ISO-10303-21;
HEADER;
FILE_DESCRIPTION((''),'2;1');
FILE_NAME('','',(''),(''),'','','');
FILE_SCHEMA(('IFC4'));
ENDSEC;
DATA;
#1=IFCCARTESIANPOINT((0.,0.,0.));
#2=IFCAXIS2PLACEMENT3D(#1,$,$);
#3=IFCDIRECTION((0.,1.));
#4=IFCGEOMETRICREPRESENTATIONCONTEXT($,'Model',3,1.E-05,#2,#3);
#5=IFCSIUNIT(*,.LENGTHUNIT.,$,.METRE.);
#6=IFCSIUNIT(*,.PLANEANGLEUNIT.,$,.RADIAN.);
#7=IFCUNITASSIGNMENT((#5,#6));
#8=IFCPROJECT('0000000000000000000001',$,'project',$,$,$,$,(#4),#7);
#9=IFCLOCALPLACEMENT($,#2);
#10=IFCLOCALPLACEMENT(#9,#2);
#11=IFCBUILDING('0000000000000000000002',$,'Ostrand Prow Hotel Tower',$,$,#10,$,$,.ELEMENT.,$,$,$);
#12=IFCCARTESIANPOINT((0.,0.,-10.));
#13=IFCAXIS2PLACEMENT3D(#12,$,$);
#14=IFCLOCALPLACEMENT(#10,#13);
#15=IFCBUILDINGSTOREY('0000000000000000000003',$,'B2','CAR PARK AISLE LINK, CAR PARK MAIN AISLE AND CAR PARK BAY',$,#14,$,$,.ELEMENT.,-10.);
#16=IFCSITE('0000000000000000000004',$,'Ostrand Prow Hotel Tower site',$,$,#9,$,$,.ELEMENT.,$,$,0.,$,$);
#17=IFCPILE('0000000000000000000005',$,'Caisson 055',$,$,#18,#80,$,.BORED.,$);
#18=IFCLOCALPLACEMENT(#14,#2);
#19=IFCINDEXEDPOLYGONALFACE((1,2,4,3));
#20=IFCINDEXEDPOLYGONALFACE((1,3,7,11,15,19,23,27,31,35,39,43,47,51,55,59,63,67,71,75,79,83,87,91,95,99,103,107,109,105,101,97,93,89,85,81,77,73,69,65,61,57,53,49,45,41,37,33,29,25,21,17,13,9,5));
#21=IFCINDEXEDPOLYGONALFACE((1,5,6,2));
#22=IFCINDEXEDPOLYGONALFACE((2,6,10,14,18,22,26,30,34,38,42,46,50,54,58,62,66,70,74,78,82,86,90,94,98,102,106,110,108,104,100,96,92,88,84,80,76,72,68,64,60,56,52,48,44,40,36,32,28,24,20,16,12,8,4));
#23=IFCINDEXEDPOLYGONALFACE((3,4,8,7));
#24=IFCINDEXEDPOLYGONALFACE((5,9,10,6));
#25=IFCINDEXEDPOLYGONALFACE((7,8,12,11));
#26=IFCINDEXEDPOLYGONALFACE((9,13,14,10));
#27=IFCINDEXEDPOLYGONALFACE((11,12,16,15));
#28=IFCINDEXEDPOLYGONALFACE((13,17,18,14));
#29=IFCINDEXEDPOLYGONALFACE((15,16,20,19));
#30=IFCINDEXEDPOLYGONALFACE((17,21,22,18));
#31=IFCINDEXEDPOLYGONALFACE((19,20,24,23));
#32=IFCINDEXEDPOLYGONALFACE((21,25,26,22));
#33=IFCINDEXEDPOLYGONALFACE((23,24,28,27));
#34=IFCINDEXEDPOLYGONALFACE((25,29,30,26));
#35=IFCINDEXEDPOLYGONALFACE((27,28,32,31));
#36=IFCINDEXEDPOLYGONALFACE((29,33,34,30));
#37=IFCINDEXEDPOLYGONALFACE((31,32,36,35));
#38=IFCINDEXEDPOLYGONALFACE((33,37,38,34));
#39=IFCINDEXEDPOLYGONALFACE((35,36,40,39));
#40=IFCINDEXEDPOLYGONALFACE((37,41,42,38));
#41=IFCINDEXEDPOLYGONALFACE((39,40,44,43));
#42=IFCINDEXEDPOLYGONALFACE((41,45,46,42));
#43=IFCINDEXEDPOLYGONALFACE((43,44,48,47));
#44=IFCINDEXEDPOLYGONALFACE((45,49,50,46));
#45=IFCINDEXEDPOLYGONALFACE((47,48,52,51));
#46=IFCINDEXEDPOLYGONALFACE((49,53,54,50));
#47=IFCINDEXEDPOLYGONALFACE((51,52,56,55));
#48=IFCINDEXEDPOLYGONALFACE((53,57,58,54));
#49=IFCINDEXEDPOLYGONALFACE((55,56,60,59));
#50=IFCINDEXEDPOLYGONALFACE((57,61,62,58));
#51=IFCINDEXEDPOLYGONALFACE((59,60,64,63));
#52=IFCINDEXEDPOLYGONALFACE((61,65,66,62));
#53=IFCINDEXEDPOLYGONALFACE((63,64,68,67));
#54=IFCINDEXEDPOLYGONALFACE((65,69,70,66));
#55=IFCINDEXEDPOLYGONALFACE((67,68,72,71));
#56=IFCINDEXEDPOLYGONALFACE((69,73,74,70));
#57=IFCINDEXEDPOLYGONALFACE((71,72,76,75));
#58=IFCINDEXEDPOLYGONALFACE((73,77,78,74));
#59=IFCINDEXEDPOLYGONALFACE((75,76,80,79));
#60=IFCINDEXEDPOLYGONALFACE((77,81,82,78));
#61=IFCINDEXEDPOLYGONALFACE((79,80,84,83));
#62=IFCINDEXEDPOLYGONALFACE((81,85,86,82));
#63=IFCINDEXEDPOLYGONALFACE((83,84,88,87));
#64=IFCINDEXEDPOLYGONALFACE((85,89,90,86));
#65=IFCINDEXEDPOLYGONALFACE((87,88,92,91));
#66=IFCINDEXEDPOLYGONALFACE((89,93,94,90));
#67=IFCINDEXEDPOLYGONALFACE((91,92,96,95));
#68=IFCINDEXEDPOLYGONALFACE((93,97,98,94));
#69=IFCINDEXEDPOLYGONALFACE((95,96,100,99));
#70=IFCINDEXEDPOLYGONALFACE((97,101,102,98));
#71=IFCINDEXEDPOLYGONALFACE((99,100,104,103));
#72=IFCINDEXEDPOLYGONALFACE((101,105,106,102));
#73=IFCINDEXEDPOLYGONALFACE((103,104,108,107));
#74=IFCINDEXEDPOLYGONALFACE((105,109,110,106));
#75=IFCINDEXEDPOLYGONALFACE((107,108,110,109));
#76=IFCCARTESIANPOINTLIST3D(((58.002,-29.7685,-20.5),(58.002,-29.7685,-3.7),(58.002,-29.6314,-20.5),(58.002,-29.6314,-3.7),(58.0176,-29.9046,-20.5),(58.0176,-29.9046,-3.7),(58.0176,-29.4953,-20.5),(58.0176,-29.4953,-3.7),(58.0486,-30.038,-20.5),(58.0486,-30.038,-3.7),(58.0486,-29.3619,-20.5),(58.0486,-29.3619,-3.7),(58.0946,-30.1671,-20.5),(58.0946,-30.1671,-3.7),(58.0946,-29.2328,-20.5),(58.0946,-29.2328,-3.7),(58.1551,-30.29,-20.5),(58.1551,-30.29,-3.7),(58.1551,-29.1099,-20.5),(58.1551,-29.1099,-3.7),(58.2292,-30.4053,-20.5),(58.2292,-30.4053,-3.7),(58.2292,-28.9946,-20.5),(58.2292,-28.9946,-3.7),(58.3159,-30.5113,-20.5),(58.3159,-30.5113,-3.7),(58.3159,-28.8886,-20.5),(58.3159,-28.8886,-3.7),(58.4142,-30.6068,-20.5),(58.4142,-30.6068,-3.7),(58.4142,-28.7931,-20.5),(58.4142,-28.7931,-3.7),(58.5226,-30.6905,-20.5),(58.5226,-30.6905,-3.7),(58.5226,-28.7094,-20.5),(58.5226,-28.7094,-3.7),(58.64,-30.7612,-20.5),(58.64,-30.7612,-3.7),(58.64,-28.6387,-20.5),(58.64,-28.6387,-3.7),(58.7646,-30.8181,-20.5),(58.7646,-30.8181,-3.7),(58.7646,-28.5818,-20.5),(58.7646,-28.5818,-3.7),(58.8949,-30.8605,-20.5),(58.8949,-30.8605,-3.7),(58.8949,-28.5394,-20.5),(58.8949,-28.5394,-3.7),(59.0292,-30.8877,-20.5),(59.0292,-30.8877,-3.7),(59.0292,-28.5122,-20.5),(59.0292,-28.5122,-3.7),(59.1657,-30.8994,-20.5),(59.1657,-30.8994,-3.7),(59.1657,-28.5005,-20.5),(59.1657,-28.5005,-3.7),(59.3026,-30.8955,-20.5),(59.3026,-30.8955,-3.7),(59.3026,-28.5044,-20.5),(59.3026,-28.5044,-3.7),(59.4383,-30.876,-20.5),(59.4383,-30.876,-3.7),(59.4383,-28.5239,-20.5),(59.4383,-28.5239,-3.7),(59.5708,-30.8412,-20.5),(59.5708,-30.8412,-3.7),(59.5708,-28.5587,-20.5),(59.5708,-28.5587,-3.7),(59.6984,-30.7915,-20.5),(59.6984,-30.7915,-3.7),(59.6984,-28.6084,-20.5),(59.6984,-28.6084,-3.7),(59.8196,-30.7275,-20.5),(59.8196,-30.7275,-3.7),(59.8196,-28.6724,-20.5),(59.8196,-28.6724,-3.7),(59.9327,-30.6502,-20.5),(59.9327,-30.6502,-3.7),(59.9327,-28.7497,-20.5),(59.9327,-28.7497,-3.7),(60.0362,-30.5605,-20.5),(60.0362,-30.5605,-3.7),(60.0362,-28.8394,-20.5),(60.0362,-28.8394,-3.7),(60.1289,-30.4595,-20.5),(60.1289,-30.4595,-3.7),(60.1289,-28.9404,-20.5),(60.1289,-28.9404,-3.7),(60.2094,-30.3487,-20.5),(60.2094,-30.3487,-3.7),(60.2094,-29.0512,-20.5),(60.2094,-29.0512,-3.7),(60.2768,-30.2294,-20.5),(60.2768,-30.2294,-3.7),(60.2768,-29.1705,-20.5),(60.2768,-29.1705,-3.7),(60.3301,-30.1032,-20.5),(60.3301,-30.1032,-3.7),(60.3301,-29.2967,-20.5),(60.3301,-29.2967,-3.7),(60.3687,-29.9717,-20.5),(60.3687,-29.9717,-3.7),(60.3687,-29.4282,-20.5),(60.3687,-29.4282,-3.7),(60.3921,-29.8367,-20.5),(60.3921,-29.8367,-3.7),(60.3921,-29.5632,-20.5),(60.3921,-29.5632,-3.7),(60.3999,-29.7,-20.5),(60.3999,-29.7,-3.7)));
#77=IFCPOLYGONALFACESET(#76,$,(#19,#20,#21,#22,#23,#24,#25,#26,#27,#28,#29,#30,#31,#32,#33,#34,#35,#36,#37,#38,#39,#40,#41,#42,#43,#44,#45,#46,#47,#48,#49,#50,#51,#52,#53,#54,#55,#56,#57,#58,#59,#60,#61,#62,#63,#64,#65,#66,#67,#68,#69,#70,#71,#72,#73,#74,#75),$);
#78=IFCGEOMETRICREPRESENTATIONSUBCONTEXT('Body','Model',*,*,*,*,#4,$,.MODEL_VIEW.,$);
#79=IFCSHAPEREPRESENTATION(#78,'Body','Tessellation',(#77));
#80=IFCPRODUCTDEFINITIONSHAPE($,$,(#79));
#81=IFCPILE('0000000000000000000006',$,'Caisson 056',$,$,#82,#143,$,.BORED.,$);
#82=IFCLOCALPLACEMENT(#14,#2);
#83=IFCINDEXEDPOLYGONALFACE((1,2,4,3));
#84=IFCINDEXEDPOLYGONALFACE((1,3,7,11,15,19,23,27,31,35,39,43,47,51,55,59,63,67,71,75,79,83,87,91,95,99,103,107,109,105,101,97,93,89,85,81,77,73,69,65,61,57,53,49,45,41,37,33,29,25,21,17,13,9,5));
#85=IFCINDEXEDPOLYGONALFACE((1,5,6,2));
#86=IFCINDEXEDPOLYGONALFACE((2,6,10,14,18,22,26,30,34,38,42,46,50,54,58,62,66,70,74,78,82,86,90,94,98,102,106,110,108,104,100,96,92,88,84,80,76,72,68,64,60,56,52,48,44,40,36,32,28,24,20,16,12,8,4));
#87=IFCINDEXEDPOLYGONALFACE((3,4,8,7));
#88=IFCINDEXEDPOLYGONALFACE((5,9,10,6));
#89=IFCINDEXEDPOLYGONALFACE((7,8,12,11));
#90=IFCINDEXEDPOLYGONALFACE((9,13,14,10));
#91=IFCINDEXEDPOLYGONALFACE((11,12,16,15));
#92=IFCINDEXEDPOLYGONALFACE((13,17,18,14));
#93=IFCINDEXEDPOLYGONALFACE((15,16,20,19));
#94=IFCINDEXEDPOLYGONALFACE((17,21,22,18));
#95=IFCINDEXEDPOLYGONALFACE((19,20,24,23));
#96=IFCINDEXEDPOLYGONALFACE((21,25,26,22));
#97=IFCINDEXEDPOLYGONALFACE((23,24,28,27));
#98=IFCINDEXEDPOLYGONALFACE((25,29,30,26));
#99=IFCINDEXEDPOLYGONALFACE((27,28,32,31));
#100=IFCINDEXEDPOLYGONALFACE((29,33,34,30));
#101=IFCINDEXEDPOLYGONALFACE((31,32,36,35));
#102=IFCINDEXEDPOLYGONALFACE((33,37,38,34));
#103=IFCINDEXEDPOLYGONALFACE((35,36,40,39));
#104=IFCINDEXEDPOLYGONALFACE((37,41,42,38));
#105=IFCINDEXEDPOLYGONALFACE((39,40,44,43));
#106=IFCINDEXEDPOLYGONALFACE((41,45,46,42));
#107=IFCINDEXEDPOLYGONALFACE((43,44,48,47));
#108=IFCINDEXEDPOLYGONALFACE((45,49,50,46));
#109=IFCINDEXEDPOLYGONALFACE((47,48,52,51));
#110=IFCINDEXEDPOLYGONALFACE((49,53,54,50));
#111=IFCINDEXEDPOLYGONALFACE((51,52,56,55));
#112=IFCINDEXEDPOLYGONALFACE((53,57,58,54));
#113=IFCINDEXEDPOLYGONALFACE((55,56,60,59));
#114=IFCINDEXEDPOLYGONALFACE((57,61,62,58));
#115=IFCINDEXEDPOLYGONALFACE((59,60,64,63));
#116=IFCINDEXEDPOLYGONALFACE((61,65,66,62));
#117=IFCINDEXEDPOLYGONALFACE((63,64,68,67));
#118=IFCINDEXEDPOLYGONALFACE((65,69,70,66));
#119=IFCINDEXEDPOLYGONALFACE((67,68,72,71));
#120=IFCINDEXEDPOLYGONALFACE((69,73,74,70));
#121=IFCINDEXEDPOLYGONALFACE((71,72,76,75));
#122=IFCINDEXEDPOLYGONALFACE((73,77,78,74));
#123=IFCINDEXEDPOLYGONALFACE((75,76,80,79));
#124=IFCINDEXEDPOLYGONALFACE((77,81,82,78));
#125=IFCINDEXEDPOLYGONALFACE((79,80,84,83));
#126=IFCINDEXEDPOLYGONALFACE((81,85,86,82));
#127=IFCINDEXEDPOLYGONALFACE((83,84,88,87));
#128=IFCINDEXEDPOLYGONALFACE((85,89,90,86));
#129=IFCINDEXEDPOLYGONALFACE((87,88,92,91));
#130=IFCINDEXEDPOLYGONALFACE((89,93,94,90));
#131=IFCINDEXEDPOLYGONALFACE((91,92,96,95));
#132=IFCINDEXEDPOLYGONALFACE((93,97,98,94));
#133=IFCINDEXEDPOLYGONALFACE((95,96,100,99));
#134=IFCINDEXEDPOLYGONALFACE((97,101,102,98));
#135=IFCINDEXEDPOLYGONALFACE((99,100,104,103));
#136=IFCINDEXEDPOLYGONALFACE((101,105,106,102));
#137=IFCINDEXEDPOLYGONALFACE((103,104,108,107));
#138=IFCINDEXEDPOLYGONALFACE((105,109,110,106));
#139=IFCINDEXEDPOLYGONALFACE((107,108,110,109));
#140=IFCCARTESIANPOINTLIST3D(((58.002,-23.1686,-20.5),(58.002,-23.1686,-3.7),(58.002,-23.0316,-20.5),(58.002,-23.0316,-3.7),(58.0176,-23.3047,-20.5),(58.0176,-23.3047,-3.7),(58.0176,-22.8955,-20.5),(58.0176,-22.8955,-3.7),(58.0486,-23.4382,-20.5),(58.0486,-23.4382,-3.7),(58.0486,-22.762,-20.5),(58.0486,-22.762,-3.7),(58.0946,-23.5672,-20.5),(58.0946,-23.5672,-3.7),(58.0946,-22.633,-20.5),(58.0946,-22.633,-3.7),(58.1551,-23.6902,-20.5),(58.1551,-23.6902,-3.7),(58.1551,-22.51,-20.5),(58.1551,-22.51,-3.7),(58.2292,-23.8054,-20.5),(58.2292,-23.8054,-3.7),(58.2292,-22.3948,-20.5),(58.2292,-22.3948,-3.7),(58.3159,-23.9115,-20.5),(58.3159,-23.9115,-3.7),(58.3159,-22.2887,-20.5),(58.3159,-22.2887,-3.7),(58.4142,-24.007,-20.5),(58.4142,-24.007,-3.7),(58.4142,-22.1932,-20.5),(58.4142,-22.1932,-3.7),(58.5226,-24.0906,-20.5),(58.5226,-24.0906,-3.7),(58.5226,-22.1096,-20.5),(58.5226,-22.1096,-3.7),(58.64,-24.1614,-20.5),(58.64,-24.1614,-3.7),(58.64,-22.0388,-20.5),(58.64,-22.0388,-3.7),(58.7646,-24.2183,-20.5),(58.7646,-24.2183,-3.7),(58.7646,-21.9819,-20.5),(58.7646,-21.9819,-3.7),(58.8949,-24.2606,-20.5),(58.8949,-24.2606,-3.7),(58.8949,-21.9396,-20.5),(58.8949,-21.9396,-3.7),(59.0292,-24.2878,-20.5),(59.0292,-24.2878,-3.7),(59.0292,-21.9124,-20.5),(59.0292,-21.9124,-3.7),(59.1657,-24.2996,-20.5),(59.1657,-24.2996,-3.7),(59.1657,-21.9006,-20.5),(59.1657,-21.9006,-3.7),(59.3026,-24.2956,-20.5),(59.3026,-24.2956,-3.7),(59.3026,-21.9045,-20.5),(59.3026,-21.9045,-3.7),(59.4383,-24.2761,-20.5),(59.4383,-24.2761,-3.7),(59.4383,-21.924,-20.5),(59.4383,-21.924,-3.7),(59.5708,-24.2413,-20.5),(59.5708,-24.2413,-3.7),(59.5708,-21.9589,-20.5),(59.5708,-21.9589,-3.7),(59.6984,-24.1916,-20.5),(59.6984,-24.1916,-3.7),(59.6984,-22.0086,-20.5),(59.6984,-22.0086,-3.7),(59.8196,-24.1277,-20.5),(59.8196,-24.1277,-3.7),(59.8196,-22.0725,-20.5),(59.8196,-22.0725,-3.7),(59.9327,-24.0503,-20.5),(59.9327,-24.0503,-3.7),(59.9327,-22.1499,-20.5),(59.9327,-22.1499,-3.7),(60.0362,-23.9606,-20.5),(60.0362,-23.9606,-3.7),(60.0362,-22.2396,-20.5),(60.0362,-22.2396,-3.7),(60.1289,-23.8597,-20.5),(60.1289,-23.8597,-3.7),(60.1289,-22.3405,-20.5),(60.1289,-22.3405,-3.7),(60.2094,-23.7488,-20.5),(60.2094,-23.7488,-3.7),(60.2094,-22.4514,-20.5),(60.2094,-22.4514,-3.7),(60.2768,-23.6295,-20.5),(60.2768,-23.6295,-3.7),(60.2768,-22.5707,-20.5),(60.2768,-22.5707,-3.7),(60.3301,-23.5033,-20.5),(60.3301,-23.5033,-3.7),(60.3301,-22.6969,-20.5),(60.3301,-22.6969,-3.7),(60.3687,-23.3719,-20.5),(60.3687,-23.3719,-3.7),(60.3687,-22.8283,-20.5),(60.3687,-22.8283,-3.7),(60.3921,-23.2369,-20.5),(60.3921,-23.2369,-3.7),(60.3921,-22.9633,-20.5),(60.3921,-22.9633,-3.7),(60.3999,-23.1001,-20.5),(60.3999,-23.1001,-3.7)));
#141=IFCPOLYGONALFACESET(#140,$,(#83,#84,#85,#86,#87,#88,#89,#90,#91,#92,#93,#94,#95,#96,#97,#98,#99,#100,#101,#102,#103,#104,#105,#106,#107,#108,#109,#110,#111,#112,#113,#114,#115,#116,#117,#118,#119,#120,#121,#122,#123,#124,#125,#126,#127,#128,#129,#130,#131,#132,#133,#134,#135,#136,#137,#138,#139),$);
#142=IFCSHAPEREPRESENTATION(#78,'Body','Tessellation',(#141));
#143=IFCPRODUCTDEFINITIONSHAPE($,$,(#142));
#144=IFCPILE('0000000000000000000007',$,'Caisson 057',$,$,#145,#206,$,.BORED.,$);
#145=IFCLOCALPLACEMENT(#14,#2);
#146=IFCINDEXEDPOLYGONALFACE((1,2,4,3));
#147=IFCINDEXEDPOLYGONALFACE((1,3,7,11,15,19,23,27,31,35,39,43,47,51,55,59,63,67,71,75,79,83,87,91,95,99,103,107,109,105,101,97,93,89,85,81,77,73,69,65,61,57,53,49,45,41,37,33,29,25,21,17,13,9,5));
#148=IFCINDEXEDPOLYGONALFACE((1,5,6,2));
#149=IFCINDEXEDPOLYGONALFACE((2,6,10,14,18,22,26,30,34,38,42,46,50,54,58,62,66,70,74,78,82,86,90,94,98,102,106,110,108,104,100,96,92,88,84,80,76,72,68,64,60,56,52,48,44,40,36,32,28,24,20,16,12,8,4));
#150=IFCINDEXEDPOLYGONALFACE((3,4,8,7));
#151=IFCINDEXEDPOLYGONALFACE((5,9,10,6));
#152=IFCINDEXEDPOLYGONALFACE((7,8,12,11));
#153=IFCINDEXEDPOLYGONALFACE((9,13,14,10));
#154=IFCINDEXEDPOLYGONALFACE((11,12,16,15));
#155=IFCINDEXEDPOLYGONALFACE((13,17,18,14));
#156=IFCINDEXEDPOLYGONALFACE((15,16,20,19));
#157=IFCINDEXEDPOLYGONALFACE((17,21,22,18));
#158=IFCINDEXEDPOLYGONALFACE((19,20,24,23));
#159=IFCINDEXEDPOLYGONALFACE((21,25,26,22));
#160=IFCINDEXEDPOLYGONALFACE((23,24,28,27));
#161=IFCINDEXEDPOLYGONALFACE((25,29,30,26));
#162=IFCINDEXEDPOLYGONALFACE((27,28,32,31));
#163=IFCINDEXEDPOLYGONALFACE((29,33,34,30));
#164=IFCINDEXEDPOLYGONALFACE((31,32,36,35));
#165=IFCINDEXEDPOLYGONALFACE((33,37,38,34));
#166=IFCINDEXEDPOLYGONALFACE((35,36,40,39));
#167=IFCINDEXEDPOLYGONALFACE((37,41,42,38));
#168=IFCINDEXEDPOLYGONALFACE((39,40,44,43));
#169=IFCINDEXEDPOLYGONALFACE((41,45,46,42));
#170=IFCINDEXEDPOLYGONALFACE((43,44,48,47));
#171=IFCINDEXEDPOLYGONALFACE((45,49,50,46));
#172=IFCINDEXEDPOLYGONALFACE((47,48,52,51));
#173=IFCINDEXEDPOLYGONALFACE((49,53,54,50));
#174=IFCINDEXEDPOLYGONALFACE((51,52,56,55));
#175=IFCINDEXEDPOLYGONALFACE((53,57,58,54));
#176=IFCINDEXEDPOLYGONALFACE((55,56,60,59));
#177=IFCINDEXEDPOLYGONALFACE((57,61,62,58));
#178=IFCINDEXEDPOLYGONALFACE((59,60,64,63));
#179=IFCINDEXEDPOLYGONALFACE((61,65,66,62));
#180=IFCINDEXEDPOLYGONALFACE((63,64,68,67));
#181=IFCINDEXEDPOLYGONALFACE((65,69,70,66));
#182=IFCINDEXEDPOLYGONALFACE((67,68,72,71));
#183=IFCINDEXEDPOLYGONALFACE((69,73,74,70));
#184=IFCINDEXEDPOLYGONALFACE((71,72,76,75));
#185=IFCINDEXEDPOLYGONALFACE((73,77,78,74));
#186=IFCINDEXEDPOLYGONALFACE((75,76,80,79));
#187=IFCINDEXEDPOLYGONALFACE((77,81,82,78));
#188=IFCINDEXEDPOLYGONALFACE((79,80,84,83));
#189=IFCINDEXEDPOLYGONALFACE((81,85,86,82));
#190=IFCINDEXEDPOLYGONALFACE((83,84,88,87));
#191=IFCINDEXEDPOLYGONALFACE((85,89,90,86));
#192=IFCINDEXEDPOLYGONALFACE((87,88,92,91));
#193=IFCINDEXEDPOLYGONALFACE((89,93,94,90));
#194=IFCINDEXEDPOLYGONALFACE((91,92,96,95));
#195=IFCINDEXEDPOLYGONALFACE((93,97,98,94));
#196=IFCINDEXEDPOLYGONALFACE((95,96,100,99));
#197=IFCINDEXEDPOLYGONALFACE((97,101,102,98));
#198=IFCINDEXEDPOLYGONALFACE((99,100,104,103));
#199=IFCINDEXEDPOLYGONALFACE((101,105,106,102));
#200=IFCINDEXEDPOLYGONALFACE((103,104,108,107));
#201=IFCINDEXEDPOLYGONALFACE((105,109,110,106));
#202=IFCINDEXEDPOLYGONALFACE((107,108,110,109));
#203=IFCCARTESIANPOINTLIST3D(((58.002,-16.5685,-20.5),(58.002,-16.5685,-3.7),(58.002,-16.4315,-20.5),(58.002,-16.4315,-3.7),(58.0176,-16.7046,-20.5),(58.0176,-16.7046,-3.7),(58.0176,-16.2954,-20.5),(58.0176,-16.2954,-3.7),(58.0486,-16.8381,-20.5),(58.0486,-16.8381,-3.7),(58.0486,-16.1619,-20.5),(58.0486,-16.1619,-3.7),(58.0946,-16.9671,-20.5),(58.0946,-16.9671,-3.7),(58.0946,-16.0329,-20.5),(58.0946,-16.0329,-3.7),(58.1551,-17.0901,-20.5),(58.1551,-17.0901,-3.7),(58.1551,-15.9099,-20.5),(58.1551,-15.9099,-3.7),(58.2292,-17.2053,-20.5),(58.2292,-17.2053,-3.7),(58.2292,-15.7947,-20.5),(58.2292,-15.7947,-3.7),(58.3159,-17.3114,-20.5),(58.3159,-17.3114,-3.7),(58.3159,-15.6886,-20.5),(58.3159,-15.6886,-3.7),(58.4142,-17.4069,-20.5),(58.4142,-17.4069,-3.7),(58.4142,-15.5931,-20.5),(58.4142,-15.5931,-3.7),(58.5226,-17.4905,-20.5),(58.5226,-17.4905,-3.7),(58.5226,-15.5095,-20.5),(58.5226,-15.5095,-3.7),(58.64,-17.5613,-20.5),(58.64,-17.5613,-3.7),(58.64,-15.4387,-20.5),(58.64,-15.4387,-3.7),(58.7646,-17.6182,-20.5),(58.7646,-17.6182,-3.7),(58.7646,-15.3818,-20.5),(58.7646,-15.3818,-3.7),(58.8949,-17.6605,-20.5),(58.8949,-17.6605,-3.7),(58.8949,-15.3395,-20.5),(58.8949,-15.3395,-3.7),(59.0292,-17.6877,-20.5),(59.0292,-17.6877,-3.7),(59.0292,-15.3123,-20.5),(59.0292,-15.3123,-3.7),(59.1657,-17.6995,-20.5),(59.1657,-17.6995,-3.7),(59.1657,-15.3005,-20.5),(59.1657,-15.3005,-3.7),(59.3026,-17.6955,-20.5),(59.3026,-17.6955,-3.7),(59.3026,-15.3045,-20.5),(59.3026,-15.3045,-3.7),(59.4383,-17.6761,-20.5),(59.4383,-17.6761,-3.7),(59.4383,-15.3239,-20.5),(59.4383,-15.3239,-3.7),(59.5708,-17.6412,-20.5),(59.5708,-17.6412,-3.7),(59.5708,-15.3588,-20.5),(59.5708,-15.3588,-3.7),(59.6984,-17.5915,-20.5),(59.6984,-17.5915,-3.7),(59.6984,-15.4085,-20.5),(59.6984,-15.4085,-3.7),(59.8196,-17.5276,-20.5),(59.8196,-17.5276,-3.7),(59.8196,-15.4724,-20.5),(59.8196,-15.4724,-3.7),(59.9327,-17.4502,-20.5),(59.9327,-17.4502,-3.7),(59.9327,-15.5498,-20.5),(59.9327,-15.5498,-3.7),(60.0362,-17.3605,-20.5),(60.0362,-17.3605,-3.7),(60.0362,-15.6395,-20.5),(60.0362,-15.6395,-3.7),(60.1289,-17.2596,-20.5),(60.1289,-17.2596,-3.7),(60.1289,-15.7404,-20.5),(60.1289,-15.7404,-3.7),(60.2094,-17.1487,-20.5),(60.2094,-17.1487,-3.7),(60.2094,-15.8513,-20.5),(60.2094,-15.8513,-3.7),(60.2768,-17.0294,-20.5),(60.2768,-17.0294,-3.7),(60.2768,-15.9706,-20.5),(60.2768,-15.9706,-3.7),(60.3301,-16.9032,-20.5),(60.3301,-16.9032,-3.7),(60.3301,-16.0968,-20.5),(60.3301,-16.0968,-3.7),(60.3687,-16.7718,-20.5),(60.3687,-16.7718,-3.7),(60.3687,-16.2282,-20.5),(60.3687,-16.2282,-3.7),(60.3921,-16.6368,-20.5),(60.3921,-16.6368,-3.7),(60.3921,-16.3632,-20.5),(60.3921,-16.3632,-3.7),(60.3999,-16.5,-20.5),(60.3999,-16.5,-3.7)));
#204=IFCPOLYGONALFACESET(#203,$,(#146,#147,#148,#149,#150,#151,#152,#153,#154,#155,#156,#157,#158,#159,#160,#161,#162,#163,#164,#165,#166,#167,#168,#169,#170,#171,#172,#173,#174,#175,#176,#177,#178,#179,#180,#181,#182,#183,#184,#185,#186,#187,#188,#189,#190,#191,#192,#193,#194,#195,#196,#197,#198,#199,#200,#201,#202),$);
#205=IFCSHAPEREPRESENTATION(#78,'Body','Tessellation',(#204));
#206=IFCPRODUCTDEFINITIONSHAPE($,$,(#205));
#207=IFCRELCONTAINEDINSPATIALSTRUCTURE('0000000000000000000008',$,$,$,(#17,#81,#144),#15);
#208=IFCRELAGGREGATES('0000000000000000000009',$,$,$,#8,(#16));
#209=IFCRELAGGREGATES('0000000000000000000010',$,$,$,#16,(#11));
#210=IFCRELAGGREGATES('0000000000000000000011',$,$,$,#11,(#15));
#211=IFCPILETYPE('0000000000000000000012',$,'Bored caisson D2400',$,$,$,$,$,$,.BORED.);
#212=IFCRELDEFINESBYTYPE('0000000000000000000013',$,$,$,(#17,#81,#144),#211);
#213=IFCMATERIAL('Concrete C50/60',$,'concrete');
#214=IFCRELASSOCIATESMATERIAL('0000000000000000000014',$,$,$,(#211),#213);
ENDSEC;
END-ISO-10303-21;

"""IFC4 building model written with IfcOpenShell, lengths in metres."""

from ifc_helpers import new_model, si_unit, direction, frame, origin, origin_2d, place, context, subcontext, project, spatial, circle, extrude, material, type_object, element, save


model = new_model("IFC4")

# Units and contexts
model_context = context("Model", 3, precision=1e-05, world=origin(), true_north=direction((0.0, 1.0)))
body_context = subcontext(model_context, "Body", "Model", "MODEL_VIEW")
ifc_project = project(units=[si_unit("LENGTHUNIT", "METRE"), si_unit("PLANEANGLEUNIT", "RADIAN")], contexts=[model_context])

# Site, building, storey
site_placement = place(None, origin())
site = spatial("IfcSite", under=ifc_project, at=site_placement, Name="Ostrand Prow Hotel Tower site", CompositionType="ELEMENT", RefElevation=0.0)
building_placement = place(site_placement, origin())
building = spatial("IfcBuilding", under=site, at=building_placement, Name="Ostrand Prow Hotel Tower", CompositionType="ELEMENT")
storey_placement = place(building_placement, frame((0.0, 0.0, -10.0)))
storey = spatial("IfcBuildingStorey", under=building, at=storey_placement, Name="B2", Description="CAR PARK AISLE LINK, CAR PARK MAIN AISLE AND CAR PARK BAY", CompositionType="ELEMENT", Elevation=-10.0)

# Piles
ifc_material_1 = material(Name="Concrete C50/60", Category="concrete")
pile_type_1 = type_object("IfcPileType", Name="Bored caisson D2400", PredefinedType="BORED", material=ifc_material_1)
for number, where, z_axis, x_axis, name in (
    (1, (59.2, -29.7, -3.7), (0.0, 0.0, -1.0), (1.0, 0.0, 0.0), "Caisson 055"),
    (2, (59.2, -23.1001, -3.7), (0.0, 0.0, -1.0), (1.0, 0.0, 0.0), "Caisson 056"),
    (3, (59.2, -16.5, -3.7), (0.0, 0.0, -1.0), (1.0, 0.0, 0.0), "Caisson 057"),
):
    element("IfcPile", number, at=place(storey_placement, frame(where, z_axis=z_axis, x_axis=x_axis)), inside=storey, type_object=pile_type_1, Name=name, PredefinedType="BORED", context=body_context, shape_type="SweptSolid", body=[
        extrude(circle(Radius=1.2, at=origin_2d()), origin(), (0.0, 0.0, 1.0), 16.8),
    ])

save(model, "model.ifc")
